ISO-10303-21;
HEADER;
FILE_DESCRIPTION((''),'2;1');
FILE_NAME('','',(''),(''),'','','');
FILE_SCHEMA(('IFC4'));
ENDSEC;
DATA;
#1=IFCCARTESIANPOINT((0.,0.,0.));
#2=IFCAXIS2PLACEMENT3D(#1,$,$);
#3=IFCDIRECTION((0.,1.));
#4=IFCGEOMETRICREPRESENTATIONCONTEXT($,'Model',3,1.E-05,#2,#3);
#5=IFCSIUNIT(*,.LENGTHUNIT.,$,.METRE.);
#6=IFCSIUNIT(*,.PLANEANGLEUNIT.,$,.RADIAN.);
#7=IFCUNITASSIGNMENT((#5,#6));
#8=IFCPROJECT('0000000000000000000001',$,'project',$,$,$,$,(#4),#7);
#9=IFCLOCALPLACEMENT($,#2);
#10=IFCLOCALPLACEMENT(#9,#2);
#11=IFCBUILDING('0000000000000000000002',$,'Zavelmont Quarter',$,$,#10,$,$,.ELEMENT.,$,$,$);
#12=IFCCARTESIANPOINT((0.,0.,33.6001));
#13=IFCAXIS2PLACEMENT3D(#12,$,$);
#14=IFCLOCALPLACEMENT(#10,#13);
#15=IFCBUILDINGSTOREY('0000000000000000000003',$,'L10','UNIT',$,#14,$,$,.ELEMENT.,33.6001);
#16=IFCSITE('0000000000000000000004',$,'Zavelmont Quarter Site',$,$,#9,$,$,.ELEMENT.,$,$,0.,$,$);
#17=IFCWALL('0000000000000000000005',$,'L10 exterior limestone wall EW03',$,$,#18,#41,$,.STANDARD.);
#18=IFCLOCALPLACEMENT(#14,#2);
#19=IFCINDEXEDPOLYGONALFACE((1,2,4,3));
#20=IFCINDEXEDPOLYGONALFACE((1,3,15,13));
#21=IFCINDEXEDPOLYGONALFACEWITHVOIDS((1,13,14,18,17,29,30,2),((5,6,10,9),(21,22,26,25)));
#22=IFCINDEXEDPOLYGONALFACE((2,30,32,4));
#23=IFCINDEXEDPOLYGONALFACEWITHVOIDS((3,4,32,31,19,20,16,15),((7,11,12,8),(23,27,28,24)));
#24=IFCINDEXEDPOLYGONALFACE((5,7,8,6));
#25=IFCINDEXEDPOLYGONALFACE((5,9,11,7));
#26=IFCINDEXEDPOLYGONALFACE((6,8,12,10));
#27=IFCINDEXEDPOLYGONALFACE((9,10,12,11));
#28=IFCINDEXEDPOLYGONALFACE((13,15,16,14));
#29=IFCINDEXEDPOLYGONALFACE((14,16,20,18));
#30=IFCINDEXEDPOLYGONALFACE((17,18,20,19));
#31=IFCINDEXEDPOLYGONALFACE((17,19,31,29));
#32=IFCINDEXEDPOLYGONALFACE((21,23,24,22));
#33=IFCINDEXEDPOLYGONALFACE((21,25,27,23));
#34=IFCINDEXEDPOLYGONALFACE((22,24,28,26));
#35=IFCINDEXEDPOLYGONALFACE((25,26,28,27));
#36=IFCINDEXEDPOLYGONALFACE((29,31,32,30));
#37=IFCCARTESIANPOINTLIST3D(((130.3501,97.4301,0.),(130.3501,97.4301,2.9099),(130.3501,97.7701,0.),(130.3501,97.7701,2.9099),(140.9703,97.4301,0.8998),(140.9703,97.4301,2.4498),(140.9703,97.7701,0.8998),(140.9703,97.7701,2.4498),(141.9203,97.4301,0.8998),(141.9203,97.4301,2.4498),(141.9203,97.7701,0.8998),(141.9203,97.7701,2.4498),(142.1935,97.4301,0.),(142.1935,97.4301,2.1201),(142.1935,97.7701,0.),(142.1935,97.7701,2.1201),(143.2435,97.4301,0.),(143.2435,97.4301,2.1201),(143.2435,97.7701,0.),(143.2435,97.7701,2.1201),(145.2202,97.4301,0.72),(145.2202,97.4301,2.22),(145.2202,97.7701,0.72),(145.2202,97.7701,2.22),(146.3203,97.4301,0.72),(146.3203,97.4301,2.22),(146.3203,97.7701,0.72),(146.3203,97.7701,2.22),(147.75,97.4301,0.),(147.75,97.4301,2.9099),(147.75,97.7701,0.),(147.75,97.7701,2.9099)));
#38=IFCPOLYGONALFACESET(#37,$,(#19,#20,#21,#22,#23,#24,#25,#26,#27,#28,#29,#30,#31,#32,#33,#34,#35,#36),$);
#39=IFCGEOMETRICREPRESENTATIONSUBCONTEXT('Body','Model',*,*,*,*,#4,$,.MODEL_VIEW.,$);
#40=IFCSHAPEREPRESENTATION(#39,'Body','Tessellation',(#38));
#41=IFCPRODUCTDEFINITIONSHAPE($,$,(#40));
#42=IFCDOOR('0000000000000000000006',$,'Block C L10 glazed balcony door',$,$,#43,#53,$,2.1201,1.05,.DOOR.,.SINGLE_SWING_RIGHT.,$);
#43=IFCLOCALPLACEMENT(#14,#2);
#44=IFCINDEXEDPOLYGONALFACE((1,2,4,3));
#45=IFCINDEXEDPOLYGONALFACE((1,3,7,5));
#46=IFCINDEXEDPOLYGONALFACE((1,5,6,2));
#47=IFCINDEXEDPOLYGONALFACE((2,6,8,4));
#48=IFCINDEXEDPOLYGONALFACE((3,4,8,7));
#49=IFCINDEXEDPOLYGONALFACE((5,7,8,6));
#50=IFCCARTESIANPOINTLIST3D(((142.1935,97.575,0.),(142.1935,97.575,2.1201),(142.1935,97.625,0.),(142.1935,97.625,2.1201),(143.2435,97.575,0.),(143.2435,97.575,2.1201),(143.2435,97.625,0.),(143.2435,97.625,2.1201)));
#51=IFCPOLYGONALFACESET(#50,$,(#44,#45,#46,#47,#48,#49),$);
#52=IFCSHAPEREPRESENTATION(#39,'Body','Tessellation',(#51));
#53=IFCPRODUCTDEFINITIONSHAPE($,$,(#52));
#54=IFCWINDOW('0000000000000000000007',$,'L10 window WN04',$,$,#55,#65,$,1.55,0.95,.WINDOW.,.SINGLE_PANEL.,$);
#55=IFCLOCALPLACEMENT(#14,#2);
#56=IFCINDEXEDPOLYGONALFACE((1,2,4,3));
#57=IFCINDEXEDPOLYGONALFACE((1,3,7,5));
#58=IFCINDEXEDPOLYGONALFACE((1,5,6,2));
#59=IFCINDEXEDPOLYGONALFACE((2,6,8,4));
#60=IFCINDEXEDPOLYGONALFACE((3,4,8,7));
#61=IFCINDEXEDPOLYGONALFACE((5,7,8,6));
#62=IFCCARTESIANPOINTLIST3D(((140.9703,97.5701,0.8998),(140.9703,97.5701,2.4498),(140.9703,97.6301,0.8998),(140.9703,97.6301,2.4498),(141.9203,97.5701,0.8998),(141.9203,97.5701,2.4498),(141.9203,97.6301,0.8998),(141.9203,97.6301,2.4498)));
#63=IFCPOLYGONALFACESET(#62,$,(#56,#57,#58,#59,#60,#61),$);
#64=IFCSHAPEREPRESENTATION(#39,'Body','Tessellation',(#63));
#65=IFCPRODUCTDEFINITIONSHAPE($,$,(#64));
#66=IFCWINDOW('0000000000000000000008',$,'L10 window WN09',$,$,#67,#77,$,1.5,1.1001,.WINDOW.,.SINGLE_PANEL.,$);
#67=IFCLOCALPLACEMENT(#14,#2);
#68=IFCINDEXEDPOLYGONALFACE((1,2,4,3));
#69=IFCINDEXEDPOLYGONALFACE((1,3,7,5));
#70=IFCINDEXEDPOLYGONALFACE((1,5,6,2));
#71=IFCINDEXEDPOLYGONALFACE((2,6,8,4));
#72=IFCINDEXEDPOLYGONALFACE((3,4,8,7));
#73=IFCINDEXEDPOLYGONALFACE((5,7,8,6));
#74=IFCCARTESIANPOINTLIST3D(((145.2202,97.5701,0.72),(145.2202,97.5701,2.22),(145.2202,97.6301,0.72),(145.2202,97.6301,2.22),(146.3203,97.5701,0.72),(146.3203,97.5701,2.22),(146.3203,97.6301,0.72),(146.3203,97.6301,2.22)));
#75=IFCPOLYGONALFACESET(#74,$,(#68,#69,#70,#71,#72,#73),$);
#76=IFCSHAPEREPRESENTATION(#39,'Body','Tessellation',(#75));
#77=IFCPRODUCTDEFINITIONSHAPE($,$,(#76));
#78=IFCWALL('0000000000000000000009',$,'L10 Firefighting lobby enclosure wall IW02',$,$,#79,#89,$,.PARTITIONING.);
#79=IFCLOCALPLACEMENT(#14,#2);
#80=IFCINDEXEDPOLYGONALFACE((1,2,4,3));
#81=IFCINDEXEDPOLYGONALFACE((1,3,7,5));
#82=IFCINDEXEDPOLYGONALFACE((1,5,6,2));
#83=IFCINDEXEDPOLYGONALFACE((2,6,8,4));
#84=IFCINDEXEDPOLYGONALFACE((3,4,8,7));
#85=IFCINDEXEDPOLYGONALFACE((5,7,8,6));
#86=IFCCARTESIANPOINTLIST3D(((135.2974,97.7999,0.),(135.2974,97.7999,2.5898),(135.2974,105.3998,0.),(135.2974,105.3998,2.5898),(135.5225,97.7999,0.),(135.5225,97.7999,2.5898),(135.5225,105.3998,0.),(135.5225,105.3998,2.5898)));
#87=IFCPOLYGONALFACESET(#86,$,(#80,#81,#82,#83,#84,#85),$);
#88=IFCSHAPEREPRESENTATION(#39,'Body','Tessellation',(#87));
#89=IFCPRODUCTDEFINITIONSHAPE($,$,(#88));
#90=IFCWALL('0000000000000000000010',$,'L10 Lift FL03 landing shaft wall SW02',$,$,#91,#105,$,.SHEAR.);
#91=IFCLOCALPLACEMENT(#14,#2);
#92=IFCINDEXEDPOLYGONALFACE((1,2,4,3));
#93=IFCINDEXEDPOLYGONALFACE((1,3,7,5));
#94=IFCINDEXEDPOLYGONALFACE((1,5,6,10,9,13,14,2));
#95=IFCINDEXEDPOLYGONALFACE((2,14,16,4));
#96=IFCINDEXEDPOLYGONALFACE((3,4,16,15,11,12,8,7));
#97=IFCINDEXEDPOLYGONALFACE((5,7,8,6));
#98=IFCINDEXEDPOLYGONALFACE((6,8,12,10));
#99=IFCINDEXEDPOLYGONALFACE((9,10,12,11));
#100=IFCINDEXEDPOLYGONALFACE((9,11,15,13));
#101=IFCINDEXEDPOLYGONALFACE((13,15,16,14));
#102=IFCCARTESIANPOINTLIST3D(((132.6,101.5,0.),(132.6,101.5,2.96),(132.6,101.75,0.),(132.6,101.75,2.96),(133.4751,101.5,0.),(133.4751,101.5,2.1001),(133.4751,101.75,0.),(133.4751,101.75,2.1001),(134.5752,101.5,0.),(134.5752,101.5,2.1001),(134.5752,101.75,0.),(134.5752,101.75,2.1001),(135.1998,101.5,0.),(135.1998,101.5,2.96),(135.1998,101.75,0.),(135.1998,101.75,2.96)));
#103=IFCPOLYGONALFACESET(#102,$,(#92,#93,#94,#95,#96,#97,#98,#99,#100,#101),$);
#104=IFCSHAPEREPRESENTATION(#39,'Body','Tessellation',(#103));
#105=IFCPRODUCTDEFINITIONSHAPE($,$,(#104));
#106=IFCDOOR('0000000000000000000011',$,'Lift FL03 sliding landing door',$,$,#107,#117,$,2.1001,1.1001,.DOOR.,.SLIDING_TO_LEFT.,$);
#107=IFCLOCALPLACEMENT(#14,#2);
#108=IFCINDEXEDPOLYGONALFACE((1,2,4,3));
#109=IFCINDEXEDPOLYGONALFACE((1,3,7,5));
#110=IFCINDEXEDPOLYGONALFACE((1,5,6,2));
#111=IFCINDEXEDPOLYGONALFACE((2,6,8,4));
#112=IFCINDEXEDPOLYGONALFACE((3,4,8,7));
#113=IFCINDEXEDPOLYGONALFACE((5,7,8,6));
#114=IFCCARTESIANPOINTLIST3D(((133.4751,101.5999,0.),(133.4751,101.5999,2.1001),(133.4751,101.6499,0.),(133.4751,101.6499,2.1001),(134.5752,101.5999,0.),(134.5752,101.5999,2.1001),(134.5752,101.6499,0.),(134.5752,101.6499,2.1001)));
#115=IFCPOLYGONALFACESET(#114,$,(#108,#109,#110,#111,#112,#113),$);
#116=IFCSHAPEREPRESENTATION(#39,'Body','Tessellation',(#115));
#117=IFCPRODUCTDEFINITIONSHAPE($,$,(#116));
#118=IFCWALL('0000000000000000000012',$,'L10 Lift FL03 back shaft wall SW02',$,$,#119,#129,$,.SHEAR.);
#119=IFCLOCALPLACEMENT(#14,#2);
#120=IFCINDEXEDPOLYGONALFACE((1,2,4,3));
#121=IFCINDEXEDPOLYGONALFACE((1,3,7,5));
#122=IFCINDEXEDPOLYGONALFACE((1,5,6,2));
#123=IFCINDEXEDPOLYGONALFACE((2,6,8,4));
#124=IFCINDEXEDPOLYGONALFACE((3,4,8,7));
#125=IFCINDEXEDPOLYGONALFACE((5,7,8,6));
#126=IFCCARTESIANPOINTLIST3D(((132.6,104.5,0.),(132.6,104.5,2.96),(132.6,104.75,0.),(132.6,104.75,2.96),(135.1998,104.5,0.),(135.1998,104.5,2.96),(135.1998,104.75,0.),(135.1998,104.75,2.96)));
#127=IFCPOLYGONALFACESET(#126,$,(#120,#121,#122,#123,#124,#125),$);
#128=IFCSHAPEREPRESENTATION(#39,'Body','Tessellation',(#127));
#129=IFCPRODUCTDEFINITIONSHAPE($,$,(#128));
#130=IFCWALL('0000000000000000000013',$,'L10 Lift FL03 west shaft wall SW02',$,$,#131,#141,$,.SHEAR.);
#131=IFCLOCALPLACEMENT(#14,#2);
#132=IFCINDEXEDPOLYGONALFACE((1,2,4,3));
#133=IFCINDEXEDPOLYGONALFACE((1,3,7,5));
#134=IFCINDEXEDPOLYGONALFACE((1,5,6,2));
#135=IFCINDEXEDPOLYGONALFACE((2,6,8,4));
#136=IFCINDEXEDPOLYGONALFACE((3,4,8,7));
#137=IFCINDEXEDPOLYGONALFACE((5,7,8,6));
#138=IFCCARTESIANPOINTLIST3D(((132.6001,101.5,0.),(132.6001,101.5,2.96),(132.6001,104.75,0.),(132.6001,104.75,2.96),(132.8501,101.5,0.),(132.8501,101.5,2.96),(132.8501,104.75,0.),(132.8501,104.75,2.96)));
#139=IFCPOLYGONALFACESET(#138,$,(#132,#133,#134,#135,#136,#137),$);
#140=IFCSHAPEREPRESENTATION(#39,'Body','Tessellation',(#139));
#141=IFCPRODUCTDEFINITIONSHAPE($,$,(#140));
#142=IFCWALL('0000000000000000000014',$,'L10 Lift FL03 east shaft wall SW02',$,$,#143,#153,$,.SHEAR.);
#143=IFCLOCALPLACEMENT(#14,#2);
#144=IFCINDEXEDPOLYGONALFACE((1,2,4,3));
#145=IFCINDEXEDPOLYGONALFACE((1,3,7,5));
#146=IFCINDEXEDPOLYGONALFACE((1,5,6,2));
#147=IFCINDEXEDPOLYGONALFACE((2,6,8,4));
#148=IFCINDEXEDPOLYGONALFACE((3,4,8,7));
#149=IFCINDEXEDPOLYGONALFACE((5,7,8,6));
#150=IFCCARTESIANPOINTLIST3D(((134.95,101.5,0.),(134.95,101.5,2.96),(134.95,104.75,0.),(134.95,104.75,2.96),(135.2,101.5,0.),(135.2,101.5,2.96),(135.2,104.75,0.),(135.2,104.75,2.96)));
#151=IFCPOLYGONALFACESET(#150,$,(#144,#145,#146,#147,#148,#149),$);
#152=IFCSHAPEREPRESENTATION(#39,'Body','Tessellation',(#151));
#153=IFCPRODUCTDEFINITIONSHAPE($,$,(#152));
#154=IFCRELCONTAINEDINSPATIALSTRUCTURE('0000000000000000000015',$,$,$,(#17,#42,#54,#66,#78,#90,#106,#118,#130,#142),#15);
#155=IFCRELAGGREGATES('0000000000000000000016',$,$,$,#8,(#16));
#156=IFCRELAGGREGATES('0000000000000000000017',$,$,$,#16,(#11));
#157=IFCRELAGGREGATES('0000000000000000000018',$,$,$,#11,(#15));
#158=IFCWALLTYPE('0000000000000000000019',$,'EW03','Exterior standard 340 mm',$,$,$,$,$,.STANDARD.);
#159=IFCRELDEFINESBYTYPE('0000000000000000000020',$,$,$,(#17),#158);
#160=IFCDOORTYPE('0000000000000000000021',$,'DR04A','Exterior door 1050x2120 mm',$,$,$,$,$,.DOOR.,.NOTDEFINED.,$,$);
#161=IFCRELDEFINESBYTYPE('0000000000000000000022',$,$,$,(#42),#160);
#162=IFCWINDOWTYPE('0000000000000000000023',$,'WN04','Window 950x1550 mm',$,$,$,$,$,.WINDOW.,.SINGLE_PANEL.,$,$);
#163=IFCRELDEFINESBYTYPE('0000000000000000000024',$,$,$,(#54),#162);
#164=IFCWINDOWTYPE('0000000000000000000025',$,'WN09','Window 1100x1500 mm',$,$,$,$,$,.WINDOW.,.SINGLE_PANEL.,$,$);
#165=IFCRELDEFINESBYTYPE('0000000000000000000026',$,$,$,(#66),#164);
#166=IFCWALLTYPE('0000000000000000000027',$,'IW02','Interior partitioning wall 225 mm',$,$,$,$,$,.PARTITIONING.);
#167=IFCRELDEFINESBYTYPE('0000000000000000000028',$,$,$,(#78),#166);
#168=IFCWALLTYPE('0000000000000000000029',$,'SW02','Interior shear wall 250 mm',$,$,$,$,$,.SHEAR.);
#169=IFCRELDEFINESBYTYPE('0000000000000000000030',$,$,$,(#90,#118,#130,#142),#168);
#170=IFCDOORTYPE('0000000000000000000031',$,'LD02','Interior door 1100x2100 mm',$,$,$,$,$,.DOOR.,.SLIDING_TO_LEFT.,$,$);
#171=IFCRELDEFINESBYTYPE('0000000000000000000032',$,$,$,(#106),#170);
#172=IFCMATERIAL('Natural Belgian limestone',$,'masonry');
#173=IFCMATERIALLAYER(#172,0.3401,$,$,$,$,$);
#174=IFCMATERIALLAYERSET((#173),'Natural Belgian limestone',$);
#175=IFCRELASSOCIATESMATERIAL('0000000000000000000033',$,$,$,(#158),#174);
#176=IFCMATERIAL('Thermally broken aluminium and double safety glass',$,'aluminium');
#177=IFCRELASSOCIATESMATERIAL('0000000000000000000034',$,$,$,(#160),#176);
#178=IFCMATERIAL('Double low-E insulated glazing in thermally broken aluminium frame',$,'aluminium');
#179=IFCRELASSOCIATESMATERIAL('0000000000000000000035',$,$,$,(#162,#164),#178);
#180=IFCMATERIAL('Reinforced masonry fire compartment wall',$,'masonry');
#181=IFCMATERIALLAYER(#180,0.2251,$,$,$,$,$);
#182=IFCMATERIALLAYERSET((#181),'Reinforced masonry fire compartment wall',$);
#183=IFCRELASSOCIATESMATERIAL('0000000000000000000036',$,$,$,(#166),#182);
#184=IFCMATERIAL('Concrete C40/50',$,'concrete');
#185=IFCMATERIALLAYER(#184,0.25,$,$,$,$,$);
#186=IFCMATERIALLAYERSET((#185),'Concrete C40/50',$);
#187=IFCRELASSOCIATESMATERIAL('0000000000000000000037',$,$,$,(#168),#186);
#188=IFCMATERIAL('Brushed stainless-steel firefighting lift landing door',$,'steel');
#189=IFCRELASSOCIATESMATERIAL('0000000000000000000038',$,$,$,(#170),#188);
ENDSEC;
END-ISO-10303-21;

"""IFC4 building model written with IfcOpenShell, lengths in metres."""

from ifc_helpers import new_model, si_unit, direction, frame, frame_2d, origin, origin_with_axes, place, context, subcontext, project, spatial, rectangle, extrude, material, layer, layer_set, type_object, element, fill, save


model = new_model("IFC4")

# Units and contexts
model_context = context("Model", 3, precision=1e-05, world=origin(), true_north=direction((0.0, 1.0)))
body_context = subcontext(model_context, "Body", "Model", "MODEL_VIEW")
ifc_project = project(units=[si_unit("LENGTHUNIT", "METRE"), si_unit("PLANEANGLEUNIT", "RADIAN")], contexts=[model_context])

# Site, building, storey
site_placement = place(None, origin())
site = spatial("IfcSite", under=ifc_project, at=site_placement, Name="Zavelmont Quarter Site", CompositionType="ELEMENT", RefElevation=0.0)
building_placement = place(site_placement, origin())
building = spatial("IfcBuilding", under=site, at=building_placement, Name="Zavelmont Quarter", CompositionType="ELEMENT")
storey_placement = place(building_placement, frame((0.0, 0.0, 33.6001)))
storey = spatial("IfcBuildingStorey", under=building, at=storey_placement, Name="L10", Description="UNIT", CompositionType="ELEMENT", Elevation=33.6001)

# Shared definitions
ifc_material_1 = material(Name="Concrete C40/50", Category="concrete")

# Wall, openings, door, windows
ifc_material_2 = material(Name="Natural Belgian limestone", Category="masonry")
ifc_layer_1 = layer(ifc_material_2, 0.3401)
ifc_layer_set_1 = layer_set([ifc_layer_1], Name="Natural Belgian limestone")
wall_type_1 = type_object("IfcWallType", Name="EW03", Description="Exterior standard 340 mm", PredefinedType="STANDARD", material=ifc_layer_set_1)
wall_1_placement = place(storey_placement, frame((130.3501, 97.6001, 0.0), z_axis=(0.0, 0.0, 1.0), x_axis=(1.0, 0.0, 0.0)))
wall_1 = element("IfcWall", 1, at=wall_1_placement, inside=storey, type_object=wall_type_1, Name="L10 exterior limestone wall EW03", PredefinedType="STANDARD", context=body_context, shape_type="SweptSolid", body=[
    extrude(rectangle(XDim=17.3999, YDim=0.3401, at=frame_2d((8.7, 0.0))), origin(), (0.0, 0.0, 1.0), 2.9099),
])
opening_1_placement = place(wall_1_placement, frame((11.8435, 0.0, 0.0)))
opening_1 = element("IfcOpeningElement", 2, at=opening_1_placement, cuts=wall_1, PredefinedType="OPENING", context=body_context, shape_type="SweptSolid", body=[
    extrude(rectangle(XDim=1.05, YDim=2.1201, at=frame_2d((0.5249, 1.0601))), frame((0.0, 0.1821, 0.0), z_axis=(0.0, -1.0, 0.0), x_axis=(1.0, 0.0, 0.0)), (0.0, 0.0, 1.0), 0.364),
])
opening_2_placement = place(wall_1_placement, frame((10.6201, 0.0, 0.8999)))
opening_2 = element("IfcOpeningElement", 3, at=opening_2_placement, cuts=wall_1, PredefinedType="OPENING", context=body_context, shape_type="SweptSolid", body=[
    extrude(rectangle(XDim=0.95, YDim=1.55, at=frame_2d((0.4751, 0.7749))), frame((0.0, 0.1821, 0.0), z_axis=(0.0, -1.0, 0.0), x_axis=(1.0, 0.0, 0.0)), (0.0, 0.0, 1.0), 0.364),
])
opening_3_placement = place(wall_1_placement, frame((14.8701, 0.0, 0.72)))
opening_3 = element("IfcOpeningElement", 4, at=opening_3_placement, cuts=wall_1, PredefinedType="OPENING", context=body_context, shape_type="SweptSolid", body=[
    extrude(rectangle(XDim=1.1001, YDim=1.5, at=frame_2d((0.55, 0.75))), frame((0.0, 0.1821, 0.0), z_axis=(0.0, -1.0, 0.0), x_axis=(1.0, 0.0, 0.0)), (0.0, 0.0, 1.0), 0.364),
])
ifc_material_3 = material(Name="Thermally broken aluminium and double safety glass", Category="aluminium")
door_type_1 = type_object("IfcDoorType", Name="DR04A", Description="Exterior door 1050x2120 mm", OperationType="NOTDEFINED", PredefinedType="DOOR", material=ifc_material_3)
door_1_placement = place(opening_1_placement, origin_with_axes())
door_1 = element("IfcDoor", 5, at=door_1_placement, inside=storey, type_object=door_type_1, Name="Block C L10 glazed balcony door", OperationType="SINGLE_SWING_RIGHT", OverallHeight=2.1201, OverallWidth=1.05, PredefinedType="DOOR", context=body_context, shape_type="SweptSolid", body=[
    extrude(rectangle(XDim=1.05, YDim=2.1201, at=frame_2d((0.5249, 1.0601))), frame((0.0, 0.0249, 0.0), z_axis=(0.0, -1.0, 0.0), x_axis=(1.0, 0.0, 0.0)), (0.0, 0.0, 1.0), 0.05),
])
fill(opening_1, door_1)
ifc_material_4 = material(Name="Double low-E insulated glazing in thermally broken aluminium frame", Category="aluminium")
window_type_1 = type_object("IfcWindowType", Name="WN04", Description="Window 950x1550 mm", PartitioningType="SINGLE_PANEL", PredefinedType="WINDOW", material=ifc_material_4)
window_1_placement = place(opening_2_placement, origin_with_axes())
window_1 = element("IfcWindow", 6, at=window_1_placement, inside=storey, type_object=window_type_1, Name="L10 window WN04", OverallHeight=1.55, OverallWidth=0.95, PartitioningType="SINGLE_PANEL", PredefinedType="WINDOW", context=body_context, shape_type="SweptSolid", body=[
    extrude(rectangle(XDim=0.95, YDim=1.55, at=frame_2d((0.4751, 0.7749))), frame((0.0, 0.03, 0.0), z_axis=(0.0, -1.0, 0.0), x_axis=(1.0, 0.0, 0.0)), (0.0, 0.0, 1.0), 0.0601),
])
fill(opening_2, window_1)
window_type_2 = type_object("IfcWindowType", Name="WN09", Description="Window 1100x1500 mm", PartitioningType="SINGLE_PANEL", PredefinedType="WINDOW", material=ifc_material_4)
window_2_placement = place(opening_3_placement, origin_with_axes())
window_2 = element("IfcWindow", 7, at=window_2_placement, inside=storey, type_object=window_type_2, Name="L10 window WN09", OverallHeight=1.5, OverallWidth=1.1001, PartitioningType="SINGLE_PANEL", PredefinedType="WINDOW", context=body_context, shape_type="SweptSolid", body=[
    extrude(rectangle(XDim=1.1001, YDim=1.5, at=frame_2d((0.55, 0.75))), frame((0.0, 0.03, 0.0), z_axis=(0.0, -1.0, 0.0), x_axis=(1.0, 0.0, 0.0)), (0.0, 0.0, 1.0), 0.0601),
])
fill(opening_3, window_2)

# Wall
ifc_material_5 = material(Name="Reinforced masonry fire compartment wall", Category="masonry")
ifc_layer_2 = layer(ifc_material_5, 0.2251)
ifc_layer_set_2 = layer_set([ifc_layer_2], Name="Reinforced masonry fire compartment wall")
wall_type_2 = type_object("IfcWallType", Name="IW02", Description="Interior partitioning wall 225 mm", PredefinedType="PARTITIONING", material=ifc_layer_set_2)
wall_2_placement = place(storey_placement, frame((135.4099, 97.8, 0.0), z_axis=(0.0, 0.0, 1.0), x_axis=(0.0, 1.0, 0.0)))
element("IfcWall", 8, at=wall_2_placement, inside=storey, type_object=wall_type_2, Name="L10 Firefighting lobby enclosure wall IW02", PredefinedType="PARTITIONING", context=body_context, shape_type="SweptSolid", body=[
    extrude(rectangle(XDim=7.5999, YDim=0.2251, at=frame_2d((3.7998, 0.0))), origin(), (0.0, 0.0, 1.0), 2.5898),
])

# Wall, opening, door
ifc_layer_3 = layer(ifc_material_1, 0.25)
ifc_layer_set_3 = layer_set([ifc_layer_3], Name="Concrete C40/50")
wall_type_3 = type_object("IfcWallType", Name="SW02", Description="Interior shear wall 250 mm", PredefinedType="SHEAR", material=ifc_layer_set_3)
wall_3_placement = place(storey_placement, frame((132.6001, 101.625, 0.0), z_axis=(0.0, 0.0, 1.0), x_axis=(1.0, 0.0, 0.0)))
wall_3 = element("IfcWall", 9, at=wall_3_placement, inside=storey, type_object=wall_type_3, Name="L10 Lift FL03 landing shaft wall SW02", PredefinedType="SHEAR", context=body_context, shape_type="SweptSolid", body=[
    extrude(rectangle(XDim=2.5999, YDim=0.25, at=frame_2d((1.2998, 0.0))), origin(), (0.0, 0.0, 1.0), 2.96),
])
opening_4_placement = place(wall_3_placement, frame((0.875, 0.0, 0.0)))
opening_4 = element("IfcOpeningElement", 10, at=opening_4_placement, cuts=wall_3, PredefinedType="OPENING", context=body_context, shape_type="SweptSolid", body=[
    extrude(rectangle(XDim=1.1001, YDim=2.1001, at=frame_2d((0.55, 1.05))), frame((0.0, 0.137, 0.0), z_axis=(0.0, -1.0, 0.0), x_axis=(1.0, 0.0, 0.0)), (0.0, 0.0, 1.0), 0.2739),
])
ifc_material_6 = material(Name="Brushed stainless-steel firefighting lift landing door", Category="steel")
door_type_2 = type_object("IfcDoorType", Name="LD02", Description="Interior door 1100x2100 mm", OperationType="SLIDING_TO_LEFT", PredefinedType="DOOR", material=ifc_material_6)
door_2_placement = place(opening_4_placement, origin_with_axes())
door_2 = element("IfcDoor", 11, at=door_2_placement, inside=storey, type_object=door_type_2, Name="Lift FL03 sliding landing door", OperationType="SLIDING_TO_LEFT", OverallHeight=2.1001, OverallWidth=1.1001, PredefinedType="DOOR", context=body_context, shape_type="SweptSolid", body=[
    extrude(rectangle(XDim=1.1001, YDim=2.1001, at=frame_2d((0.55, 1.05))), frame((0.0, 0.0249, 0.0), z_axis=(0.0, -1.0, 0.0), x_axis=(1.0, 0.0, 0.0)), (0.0, 0.0, 1.0), 0.05),
])
fill(opening_4, door_2)

# Walls
wall_4_placement = place(storey_placement, frame((132.6001, 104.625, 0.0), z_axis=(0.0, 0.0, 1.0), x_axis=(1.0, 0.0, 0.0)))
element("IfcWall", 12, at=wall_4_placement, inside=storey, type_object=wall_type_3, Name="L10 Lift FL03 back shaft wall SW02", PredefinedType="SHEAR", context=body_context, shape_type="SweptSolid", body=[
    extrude(rectangle(XDim=2.5999, YDim=0.25, at=frame_2d((1.2998, 0.0))), origin(), (0.0, 0.0, 1.0), 2.96),
])
for number, where, z_axis, x_axis, name in (
    (13, (132.7251, 101.5, 0.0), (0.0, 0.0, 1.0), (0.0, 1.0, 0.0), "L10 Lift FL03 west shaft wall SW02"),
    (14, (135.075, 101.5, 0.0), (0.0, 0.0, 1.0), (0.0, 1.0, 0.0), "L10 Lift FL03 east shaft wall SW02"),
):
    element("IfcWall", number, at=place(storey_placement, frame(where, z_axis=z_axis, x_axis=x_axis)), inside=storey, type_object=wall_type_3, Name=name, PredefinedType="SHEAR", context=body_context, shape_type="SweptSolid", body=[
        extrude(rectangle(XDim=3.25, YDim=0.25, at=frame_2d((1.625, 0.0))), origin(), (0.0, 0.0, 1.0), 2.96),
    ])

save(model, "model.ifc")
